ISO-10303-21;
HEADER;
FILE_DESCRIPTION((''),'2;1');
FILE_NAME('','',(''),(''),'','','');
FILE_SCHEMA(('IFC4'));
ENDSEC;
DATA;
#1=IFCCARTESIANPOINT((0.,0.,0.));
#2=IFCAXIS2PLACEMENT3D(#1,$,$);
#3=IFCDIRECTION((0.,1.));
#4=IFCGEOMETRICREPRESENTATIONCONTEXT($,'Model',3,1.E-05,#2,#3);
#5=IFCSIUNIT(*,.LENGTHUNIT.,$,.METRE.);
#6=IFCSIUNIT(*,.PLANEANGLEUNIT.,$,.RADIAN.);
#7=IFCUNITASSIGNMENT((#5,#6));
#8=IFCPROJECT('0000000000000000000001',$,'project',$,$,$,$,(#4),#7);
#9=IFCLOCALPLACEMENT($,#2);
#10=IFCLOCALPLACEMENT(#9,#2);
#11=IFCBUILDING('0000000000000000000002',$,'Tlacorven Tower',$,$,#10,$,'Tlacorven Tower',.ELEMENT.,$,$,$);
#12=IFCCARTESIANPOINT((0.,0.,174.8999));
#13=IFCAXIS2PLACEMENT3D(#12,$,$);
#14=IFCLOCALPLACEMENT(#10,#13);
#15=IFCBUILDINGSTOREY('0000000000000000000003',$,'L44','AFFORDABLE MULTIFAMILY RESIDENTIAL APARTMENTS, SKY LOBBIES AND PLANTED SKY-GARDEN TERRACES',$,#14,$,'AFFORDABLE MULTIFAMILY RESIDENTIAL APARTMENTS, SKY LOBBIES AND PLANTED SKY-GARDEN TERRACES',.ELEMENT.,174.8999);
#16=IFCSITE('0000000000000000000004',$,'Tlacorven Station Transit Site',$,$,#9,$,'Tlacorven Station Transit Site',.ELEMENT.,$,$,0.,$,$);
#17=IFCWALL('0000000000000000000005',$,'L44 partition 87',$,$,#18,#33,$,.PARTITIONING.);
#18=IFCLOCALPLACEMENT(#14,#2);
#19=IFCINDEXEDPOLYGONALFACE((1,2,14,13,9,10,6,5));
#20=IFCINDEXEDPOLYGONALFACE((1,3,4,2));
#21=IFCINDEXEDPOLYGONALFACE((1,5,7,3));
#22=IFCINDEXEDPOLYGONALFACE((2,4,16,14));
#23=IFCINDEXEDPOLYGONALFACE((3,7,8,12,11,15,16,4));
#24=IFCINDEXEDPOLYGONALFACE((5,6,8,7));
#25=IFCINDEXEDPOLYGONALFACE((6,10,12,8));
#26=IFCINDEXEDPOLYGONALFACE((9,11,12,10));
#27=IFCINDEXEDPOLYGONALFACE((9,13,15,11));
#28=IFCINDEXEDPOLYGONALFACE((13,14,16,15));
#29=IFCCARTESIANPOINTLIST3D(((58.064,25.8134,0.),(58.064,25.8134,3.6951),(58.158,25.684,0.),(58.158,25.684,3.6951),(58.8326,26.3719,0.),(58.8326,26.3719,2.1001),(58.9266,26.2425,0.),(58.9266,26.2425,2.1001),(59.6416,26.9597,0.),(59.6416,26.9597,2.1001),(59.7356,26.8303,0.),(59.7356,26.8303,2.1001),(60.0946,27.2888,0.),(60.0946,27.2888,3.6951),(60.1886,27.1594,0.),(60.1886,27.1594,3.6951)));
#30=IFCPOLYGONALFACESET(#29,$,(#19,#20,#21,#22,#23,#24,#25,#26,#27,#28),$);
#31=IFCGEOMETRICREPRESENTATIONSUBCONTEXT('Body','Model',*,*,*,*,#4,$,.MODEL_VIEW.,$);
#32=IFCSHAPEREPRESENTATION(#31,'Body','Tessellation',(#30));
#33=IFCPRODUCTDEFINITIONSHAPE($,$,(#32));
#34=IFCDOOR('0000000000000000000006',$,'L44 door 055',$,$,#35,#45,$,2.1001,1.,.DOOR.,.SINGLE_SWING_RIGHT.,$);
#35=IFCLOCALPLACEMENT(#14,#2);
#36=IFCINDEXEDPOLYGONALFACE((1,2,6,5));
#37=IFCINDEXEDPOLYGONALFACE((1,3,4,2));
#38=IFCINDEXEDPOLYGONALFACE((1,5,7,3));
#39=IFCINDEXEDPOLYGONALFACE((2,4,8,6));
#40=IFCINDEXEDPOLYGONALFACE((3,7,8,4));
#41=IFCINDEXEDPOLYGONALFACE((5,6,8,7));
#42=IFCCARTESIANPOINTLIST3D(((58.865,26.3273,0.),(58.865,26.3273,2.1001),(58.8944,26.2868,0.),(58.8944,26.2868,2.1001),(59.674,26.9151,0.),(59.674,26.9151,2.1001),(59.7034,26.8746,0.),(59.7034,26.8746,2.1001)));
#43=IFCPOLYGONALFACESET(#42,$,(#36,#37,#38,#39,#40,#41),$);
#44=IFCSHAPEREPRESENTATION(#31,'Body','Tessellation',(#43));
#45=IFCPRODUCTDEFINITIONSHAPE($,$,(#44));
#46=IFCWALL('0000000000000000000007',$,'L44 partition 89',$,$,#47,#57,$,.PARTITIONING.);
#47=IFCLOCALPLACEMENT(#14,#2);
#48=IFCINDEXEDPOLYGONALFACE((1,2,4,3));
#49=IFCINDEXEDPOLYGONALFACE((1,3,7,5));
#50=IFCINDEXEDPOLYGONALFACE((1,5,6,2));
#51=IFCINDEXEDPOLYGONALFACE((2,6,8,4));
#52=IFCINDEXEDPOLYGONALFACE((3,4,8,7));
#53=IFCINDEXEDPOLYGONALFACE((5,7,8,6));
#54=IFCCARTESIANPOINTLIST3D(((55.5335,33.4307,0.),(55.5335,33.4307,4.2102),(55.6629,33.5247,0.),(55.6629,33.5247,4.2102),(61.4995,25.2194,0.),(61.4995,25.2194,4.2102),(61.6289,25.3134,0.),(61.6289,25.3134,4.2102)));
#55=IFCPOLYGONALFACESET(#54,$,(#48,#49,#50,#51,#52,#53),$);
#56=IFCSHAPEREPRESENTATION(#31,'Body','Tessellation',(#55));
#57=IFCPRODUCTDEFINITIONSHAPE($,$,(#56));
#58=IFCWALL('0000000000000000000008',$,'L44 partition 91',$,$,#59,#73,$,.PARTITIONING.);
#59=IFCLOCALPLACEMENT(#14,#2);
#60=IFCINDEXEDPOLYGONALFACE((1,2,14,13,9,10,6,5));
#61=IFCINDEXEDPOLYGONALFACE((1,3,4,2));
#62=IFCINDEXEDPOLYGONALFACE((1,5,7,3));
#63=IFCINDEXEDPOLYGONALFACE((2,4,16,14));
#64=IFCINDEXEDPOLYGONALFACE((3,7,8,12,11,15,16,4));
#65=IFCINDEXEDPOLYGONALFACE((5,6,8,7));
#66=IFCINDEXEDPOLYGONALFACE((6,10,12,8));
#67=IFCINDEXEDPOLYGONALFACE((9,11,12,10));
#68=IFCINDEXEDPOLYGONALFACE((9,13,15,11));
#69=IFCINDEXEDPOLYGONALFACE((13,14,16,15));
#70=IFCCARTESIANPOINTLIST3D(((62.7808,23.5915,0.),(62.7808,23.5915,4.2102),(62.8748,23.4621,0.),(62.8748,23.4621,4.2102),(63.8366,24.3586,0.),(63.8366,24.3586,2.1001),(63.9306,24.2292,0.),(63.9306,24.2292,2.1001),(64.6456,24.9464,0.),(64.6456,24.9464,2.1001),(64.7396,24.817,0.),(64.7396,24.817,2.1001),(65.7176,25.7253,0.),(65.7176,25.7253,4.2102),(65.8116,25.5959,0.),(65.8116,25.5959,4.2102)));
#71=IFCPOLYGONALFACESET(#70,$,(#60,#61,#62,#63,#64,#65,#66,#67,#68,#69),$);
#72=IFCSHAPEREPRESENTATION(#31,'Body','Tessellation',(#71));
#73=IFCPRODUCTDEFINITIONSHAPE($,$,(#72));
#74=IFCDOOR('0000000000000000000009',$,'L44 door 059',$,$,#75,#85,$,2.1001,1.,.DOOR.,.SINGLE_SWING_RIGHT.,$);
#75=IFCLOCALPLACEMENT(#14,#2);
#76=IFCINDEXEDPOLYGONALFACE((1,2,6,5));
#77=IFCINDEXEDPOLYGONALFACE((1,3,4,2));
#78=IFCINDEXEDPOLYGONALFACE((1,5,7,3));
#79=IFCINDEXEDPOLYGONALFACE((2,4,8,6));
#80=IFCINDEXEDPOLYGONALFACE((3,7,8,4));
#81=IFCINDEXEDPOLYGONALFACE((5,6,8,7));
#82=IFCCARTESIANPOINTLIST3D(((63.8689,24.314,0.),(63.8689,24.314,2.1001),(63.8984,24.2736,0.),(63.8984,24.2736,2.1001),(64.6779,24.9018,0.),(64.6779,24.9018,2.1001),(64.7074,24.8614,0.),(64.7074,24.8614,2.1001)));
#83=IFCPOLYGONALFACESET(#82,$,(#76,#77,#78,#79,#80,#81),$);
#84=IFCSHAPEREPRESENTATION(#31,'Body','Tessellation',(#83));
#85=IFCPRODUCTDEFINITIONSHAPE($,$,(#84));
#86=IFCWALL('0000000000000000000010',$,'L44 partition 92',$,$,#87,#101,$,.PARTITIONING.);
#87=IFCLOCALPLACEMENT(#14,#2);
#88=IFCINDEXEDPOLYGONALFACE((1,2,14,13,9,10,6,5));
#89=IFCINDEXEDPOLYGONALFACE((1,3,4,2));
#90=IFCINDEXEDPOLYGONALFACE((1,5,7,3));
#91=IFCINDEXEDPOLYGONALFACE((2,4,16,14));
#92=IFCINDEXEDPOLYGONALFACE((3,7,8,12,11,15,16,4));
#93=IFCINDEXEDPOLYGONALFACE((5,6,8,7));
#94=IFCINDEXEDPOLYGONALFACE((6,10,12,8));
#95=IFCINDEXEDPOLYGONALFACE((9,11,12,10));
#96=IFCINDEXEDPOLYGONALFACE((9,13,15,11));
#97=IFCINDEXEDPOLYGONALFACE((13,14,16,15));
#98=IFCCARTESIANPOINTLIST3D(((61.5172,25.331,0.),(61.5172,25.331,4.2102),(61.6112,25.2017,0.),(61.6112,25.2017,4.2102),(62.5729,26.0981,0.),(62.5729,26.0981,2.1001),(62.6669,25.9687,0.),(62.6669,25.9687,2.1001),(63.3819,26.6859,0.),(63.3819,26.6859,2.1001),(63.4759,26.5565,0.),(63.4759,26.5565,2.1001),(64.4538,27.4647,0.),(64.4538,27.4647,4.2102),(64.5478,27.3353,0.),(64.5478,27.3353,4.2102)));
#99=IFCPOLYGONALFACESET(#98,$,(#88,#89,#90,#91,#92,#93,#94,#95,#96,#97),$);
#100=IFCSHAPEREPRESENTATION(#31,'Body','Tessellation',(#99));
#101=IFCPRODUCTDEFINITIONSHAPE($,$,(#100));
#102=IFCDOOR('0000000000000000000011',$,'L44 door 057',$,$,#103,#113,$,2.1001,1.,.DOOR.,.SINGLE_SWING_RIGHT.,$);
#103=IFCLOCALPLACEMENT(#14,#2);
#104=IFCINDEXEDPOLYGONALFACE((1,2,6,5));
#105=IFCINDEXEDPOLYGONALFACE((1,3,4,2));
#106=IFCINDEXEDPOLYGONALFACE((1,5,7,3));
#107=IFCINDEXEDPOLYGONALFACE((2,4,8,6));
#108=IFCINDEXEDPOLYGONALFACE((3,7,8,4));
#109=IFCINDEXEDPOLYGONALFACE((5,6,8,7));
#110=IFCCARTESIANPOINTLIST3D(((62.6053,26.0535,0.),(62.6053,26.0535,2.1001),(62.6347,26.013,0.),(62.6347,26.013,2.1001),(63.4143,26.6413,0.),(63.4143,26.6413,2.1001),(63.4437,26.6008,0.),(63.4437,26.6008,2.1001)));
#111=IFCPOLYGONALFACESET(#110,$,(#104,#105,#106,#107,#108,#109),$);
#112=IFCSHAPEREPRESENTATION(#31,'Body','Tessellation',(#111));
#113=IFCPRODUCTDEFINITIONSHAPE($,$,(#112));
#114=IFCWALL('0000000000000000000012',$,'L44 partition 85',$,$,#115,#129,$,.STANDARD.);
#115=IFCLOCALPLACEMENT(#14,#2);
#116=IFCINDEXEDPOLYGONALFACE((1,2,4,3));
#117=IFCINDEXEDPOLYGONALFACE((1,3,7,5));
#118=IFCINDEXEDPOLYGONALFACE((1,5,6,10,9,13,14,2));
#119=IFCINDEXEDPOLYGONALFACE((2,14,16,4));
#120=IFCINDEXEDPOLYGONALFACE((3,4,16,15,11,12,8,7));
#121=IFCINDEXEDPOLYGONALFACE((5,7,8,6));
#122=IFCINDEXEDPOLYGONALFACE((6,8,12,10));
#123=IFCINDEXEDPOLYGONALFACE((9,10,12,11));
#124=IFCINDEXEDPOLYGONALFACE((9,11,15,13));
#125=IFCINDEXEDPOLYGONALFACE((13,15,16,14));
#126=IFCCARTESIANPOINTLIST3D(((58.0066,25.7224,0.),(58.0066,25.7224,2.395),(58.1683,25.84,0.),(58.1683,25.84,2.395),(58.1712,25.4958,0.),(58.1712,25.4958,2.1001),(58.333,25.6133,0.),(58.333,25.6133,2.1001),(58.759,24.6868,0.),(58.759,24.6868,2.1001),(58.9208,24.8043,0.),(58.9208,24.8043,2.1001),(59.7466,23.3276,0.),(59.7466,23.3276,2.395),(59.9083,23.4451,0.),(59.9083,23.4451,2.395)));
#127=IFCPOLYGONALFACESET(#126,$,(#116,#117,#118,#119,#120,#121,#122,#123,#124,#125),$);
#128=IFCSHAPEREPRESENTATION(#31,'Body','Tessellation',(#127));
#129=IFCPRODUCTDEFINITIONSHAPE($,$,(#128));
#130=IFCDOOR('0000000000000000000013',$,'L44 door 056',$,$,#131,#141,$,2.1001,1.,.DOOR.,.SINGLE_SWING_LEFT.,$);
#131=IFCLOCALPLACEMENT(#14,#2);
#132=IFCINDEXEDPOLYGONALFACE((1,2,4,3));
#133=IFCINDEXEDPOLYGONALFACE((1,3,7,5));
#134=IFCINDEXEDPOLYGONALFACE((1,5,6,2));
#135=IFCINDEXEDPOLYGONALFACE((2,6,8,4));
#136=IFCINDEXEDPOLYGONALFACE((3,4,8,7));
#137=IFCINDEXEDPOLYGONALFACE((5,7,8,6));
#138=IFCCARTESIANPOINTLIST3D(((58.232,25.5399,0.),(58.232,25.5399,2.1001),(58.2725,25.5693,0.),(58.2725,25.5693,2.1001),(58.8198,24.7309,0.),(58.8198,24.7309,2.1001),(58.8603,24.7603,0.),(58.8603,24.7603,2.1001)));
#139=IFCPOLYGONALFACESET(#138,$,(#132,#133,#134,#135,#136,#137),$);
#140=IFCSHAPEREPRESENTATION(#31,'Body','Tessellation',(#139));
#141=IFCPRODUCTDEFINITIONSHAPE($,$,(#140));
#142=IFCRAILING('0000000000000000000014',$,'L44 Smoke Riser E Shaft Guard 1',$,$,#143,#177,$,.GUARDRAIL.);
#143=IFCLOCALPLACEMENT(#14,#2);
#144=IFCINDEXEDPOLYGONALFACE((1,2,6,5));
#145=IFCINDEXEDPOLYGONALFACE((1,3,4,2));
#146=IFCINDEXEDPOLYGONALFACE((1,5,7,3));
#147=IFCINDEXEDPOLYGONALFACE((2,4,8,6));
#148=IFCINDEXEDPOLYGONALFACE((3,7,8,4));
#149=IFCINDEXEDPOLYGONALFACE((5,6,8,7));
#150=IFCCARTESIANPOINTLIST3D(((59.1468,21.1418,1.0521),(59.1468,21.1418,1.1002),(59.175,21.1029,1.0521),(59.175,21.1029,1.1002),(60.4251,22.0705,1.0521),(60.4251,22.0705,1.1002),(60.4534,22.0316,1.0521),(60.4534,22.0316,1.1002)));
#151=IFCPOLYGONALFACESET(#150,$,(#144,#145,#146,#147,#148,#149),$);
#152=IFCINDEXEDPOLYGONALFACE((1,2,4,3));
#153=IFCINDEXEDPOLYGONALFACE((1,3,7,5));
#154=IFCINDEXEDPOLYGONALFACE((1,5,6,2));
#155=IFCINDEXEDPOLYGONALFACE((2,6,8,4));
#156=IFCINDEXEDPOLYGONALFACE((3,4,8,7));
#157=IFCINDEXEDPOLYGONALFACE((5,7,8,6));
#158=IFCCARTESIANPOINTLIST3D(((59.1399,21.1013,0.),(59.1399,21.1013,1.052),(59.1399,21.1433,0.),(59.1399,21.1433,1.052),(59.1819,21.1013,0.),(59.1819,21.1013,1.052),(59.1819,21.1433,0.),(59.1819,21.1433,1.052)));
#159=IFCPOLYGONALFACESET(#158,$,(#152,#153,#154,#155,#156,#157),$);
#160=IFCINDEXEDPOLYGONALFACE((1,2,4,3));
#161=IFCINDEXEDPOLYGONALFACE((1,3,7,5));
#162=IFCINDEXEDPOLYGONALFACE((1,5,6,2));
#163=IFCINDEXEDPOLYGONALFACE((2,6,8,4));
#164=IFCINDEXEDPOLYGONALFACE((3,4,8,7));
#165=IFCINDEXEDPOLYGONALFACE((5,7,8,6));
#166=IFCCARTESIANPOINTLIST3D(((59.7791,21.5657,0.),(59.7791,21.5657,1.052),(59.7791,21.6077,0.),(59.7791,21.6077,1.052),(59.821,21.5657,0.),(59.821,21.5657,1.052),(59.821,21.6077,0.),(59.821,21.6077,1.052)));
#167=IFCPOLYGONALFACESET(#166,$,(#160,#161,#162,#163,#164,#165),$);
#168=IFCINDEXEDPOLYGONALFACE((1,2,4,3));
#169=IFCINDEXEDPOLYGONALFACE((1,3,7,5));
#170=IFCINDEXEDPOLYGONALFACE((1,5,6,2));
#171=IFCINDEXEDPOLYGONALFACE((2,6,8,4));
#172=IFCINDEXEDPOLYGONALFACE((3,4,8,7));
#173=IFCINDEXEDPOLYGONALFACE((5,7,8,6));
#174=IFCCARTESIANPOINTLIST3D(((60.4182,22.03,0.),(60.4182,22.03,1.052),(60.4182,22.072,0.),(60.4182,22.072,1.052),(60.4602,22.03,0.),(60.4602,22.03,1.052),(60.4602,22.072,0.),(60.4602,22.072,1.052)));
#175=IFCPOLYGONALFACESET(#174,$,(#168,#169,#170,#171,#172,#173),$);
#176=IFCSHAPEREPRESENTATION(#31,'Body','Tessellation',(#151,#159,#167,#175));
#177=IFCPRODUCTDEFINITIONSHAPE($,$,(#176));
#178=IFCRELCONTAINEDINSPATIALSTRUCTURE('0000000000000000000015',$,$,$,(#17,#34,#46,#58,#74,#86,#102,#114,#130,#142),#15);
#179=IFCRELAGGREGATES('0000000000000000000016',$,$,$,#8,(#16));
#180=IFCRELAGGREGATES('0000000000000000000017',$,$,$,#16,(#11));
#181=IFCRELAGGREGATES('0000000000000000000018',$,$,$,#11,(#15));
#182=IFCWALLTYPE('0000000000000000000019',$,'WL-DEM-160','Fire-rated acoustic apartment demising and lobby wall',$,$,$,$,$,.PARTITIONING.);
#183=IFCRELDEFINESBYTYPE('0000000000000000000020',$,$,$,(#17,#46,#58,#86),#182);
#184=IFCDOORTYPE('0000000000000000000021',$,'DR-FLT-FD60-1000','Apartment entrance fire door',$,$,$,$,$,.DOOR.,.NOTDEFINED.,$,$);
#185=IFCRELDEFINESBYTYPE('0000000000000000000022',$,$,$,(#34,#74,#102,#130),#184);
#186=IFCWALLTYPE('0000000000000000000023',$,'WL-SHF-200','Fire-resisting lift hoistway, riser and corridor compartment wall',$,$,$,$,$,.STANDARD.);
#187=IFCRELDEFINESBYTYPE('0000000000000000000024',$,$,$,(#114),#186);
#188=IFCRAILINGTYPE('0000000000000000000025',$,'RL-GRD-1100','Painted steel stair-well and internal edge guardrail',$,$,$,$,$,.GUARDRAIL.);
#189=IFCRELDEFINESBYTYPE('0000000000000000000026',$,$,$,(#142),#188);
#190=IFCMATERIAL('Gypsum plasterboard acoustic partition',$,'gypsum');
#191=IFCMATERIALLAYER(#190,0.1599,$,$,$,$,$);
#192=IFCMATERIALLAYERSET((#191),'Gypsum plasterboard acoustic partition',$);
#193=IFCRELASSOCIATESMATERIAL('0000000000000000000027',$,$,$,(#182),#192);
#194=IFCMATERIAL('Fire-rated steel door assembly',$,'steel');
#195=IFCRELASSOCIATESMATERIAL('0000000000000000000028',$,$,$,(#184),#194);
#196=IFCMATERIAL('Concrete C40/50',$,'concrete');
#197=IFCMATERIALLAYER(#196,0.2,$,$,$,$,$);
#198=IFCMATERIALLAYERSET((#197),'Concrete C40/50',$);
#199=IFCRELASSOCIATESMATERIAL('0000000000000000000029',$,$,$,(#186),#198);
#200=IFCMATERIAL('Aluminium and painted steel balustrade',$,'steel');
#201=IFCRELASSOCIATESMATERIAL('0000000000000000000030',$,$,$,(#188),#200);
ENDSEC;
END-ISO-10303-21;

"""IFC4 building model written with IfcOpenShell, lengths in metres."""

from ifc_helpers import new_model, si_unit, direction, frame, frame_2d, origin, origin_2d, place, context, subcontext, project, spatial, rectangle, extrude, source, transform, mapped, material, layer, layer_set, type_object, element, fill, save


model = new_model("IFC4")

# Units and contexts
model_context = context("Model", 3, precision=1e-05, world=origin(), true_north=direction((0.0, 1.0)))
body_context = subcontext(model_context, "Body", "Model", "MODEL_VIEW")
ifc_project = project(units=[si_unit("LENGTHUNIT", "METRE"), si_unit("PLANEANGLEUNIT", "RADIAN")], contexts=[model_context])

# Site, building, storey
site_placement = place(None, origin())
site = spatial("IfcSite", under=ifc_project, at=site_placement, Name="Tlacorven Station Transit Site", LongName="Tlacorven Station Transit Site", CompositionType="ELEMENT", RefElevation=0.0)
building_placement = place(site_placement, origin())
building = spatial("IfcBuilding", under=site, at=building_placement, Name="Tlacorven Tower", LongName="Tlacorven Tower", CompositionType="ELEMENT")
storey_placement = place(building_placement, frame((0.0, 0.0, 174.8999)))
storey = spatial("IfcBuildingStorey", under=building, at=storey_placement, Name="L44", Description="AFFORDABLE MULTIFAMILY RESIDENTIAL APARTMENTS, SKY LOBBIES AND PLANTED SKY-GARDEN TERRACES", LongName="AFFORDABLE MULTIFAMILY RESIDENTIAL APARTMENTS, SKY LOBBIES AND PLANTED SKY-GARDEN TERRACES", CompositionType="ELEMENT", Elevation=174.8999)

# Wall, opening, door
ifc_material_1 = material(Name="Gypsum plasterboard acoustic partition", Category="gypsum")
ifc_layer_1 = layer(ifc_material_1, 0.1599)
ifc_layer_set_1 = layer_set([ifc_layer_1], Name="Gypsum plasterboard acoustic partition")
wall_type_1 = type_object("IfcWallType", Name="WL-DEM-160", Description="Fire-rated acoustic apartment demising and lobby wall", PredefinedType="PARTITIONING", material=ifc_layer_set_1)
wall_1_placement = place(storey_placement, frame((58.1111, 25.7488, 0.0), z_axis=(0.0, 0.0, 1.0), x_axis=(0.809001, 0.587807, 0.0)))
wall_1 = element("IfcWall", 1, at=wall_1_placement, inside=storey, type_object=wall_type_1, Name="L44 partition 87", PredefinedType="PARTITIONING", context=body_context, shape_type="SweptSolid", body=[
    extrude(rectangle(XDim=2.51, YDim=0.1599, at=frame_2d((1.2549, 0.0))), origin(), (0.0, 0.0, 1.0), 3.6951),
])
opening_1_placement = place(wall_1_placement, frame((0.95, 0.0, 0.0)))
opening_1 = element("IfcOpeningElement", 2, at=opening_1_placement, cuts=wall_1, PredefinedType="OPENING", context=body_context, shape_type="SweptSolid", body=[
    extrude(rectangle(XDim=1.0, YDim=2.1001, at=frame_2d((0.5, 1.05))), frame((0.0, 0.0898, 0.0), z_axis=(0.0, -1.0, 0.0), x_axis=(1.0, 0.0, 0.0)), (0.0, 0.0, 1.0), 0.1799),
])
ifc_material_2 = material(Name="Fire-rated steel door assembly", Category="steel")
door_type = type_object("IfcDoorType", Name="DR-FLT-FD60-1000", Description="Apartment entrance fire door", OperationType="NOTDEFINED", PredefinedType="DOOR", material=ifc_material_2)
shared_shape_1 = source(origin(), body_context, "Body", "SweptSolid", [
    extrude(rectangle(XDim=1.0, YDim=2.1001, at=frame_2d((0.5, 1.05))), frame((0.0, 0.0249, 0.0), z_axis=(0.0, -1.0, 0.0), x_axis=(1.0, 0.0, 0.0)), (0.0, 0.0, 1.0), 0.05),
])
door_1_placement = place(opening_1_placement, origin())
door_1 = element("IfcDoor", 3, at=door_1_placement, inside=storey, type_object=door_type, Name="L44 door 055", OperationType="SINGLE_SWING_RIGHT", OverallHeight=2.1001, OverallWidth=1.0, PredefinedType="DOOR", context=body_context, shape_type="MappedRepresentation", body=[
    mapped(shared_shape_1, transform((0.0, 0.0, 0.0), scale=1.0)),
])
fill(opening_1, door_1)

# Wall
wall_2_placement = place(storey_placement, frame((61.5642, 25.2664, 0.0), z_axis=(0.0, 0.0, 1.0), x_axis=(-0.587793, 0.809012, 0.0)))
element("IfcWall", 4, at=wall_2_placement, inside=storey, type_object=wall_type_1, Name="L44 partition 89", PredefinedType="PARTITIONING", context=body_context, shape_type="SweptSolid", body=[
    extrude(rectangle(XDim=10.1499, YDim=0.1599, at=frame_2d((5.075, 0.0))), origin(), (0.0, 0.0, 1.0), 4.2102),
])

# Walls, openings, doors
wall_3_placement = place(storey_placement, frame((62.8279, 23.5269, 0.0), z_axis=(0.0, 0.0, 1.0), x_axis=(0.809004, 0.587804, 0.0)))
wall_3 = element("IfcWall", 5, at=wall_3_placement, inside=storey, type_object=wall_type_1, Name="L44 partition 91", PredefinedType="PARTITIONING", context=body_context, shape_type="SweptSolid", body=[
    extrude(rectangle(XDim=3.6301, YDim=0.1599, at=frame_2d((1.8149, 0.0))), origin(), (0.0, 0.0, 1.0), 4.2102),
])
opening_2_placement = place(wall_3_placement, frame((1.3049, 0.0, 0.0)))
opening_2 = element("IfcOpeningElement", 6, at=opening_2_placement, cuts=wall_3, PredefinedType="OPENING", context=body_context, shape_type="SweptSolid", body=[
    extrude(rectangle(XDim=1.0, YDim=2.1001, at=frame_2d((0.5, 1.05))), frame((0.0, 0.0898, 0.0), z_axis=(0.0, -1.0, 0.0), x_axis=(1.0, 0.0, 0.0)), (0.0, 0.0, 1.0), 0.1799),
])
door_2_placement = place(opening_2_placement, origin())
door_2 = element("IfcDoor", 7, at=door_2_placement, inside=storey, type_object=door_type, Name="L44 door 059", OperationType="SINGLE_SWING_RIGHT", OverallHeight=2.1001, OverallWidth=1.0, PredefinedType="DOOR", context=body_context, shape_type="MappedRepresentation", body=[
    mapped(shared_shape_1, transform((0.0, 0.0, 0.0), scale=1.0)),
])
fill(opening_2, door_2)
wall_4_placement = place(storey_placement, frame((61.5642, 25.2664, 0.0), z_axis=(0.0, 0.0, 1.0), x_axis=(0.809012, 0.587792, 0.0)))
wall_4 = element("IfcWall", 8, at=wall_4_placement, inside=storey, type_object=wall_type_1, Name="L44 partition 92", PredefinedType="PARTITIONING", context=body_context, shape_type="SweptSolid", body=[
    extrude(rectangle(XDim=3.6299, YDim=0.1599, at=frame_2d((1.8149, 0.0))), origin(), (0.0, 0.0, 1.0), 4.2102),
])
opening_3_placement = place(wall_4_placement, frame((1.3049, 0.0, 0.0)))
opening_3 = element("IfcOpeningElement", 9, at=opening_3_placement, cuts=wall_4, PredefinedType="OPENING", context=body_context, shape_type="SweptSolid", body=[
    extrude(rectangle(XDim=1.0, YDim=2.1001, at=frame_2d((0.5, 1.05))), frame((0.0, 0.0898, 0.0), z_axis=(0.0, -1.0, 0.0), x_axis=(1.0, 0.0, 0.0)), (0.0, 0.0, 1.0), 0.1799),
])
door_3_placement = place(opening_3_placement, origin())
door_3 = element("IfcDoor", 10, at=door_3_placement, inside=storey, type_object=door_type, Name="L44 door 057", OperationType="SINGLE_SWING_RIGHT", OverallHeight=2.1001, OverallWidth=1.0, PredefinedType="DOOR", context=body_context, shape_type="MappedRepresentation", body=[
    mapped(shared_shape_1, transform((0.0, 0.0, 0.0), scale=1.0)),
])
fill(opening_3, door_3)
ifc_material_3 = material(Name="Concrete C40/50", Category="concrete")
ifc_layer_2 = layer(ifc_material_3, 0.2)
ifc_layer_set_2 = layer_set([ifc_layer_2], Name="Concrete C40/50")
wall_type_2 = type_object("IfcWallType", Name="WL-SHF-200", Description="Fire-resisting lift hoistway, riser and corridor compartment wall", PredefinedType="STANDARD", material=ifc_layer_set_2)
wall_5_placement = place(storey_placement, frame((59.8274, 23.3865, 0.0), z_axis=(0.0, 0.0, 1.0), x_axis=(-0.587804, 0.809003, 0.0)))
wall_5 = element("IfcWall", 11, at=wall_5_placement, inside=storey, type_object=wall_type_2, Name="L44 partition 85", PredefinedType="STANDARD", context=body_context, shape_type="SweptSolid", body=[
    extrude(rectangle(XDim=2.9602, YDim=0.2, at=frame_2d((1.48, 0.0))), origin(), (0.0, 0.0, 1.0), 2.395),
])
opening_4_placement = place(wall_5_placement, frame((1.6799, 0.0, 0.0)))
opening_4 = element("IfcOpeningElement", 12, at=opening_4_placement, cuts=wall_5, PredefinedType="OPENING", context=body_context, shape_type="SweptSolid", body=[
    extrude(rectangle(XDim=1.0, YDim=2.1001, at=frame_2d((0.5, 1.05))), frame((0.0, 0.1099, 0.0), z_axis=(0.0, -1.0, 0.0), x_axis=(1.0, 0.0, 0.0)), (0.0, 0.0, 1.0), 0.22),
])
door_4_placement = place(opening_4_placement, origin())
door_4 = element("IfcDoor", 13, at=door_4_placement, inside=storey, type_object=door_type, Name="L44 door 056", OperationType="SINGLE_SWING_LEFT", OverallHeight=2.1001, OverallWidth=1.0, PredefinedType="DOOR", context=body_context, shape_type="MappedRepresentation", body=[
    mapped(shared_shape_1, transform((0.0, 0.0, 0.0), scale=1.0)),
])
fill(opening_4, door_4)

# Railing
ifc_material_4 = material(Name="Aluminium and painted steel balustrade", Category="steel")
railing_type = type_object("IfcRailingType", Name="RL-GRD-1100", Description="Painted steel stair-well and internal edge guardrail", PredefinedType="GUARDRAIL", material=ifc_material_4)
shared_shape_2 = source(origin(), body_context, "Body", "SweptSolid", [
    extrude(rectangle(XDim=0.0481, YDim=0.0481, at=origin_2d()), frame((0.0, 0.0, 1.0762), z_axis=(0.80903, 0.587767, 0.0), x_axis=(-0.587767, 0.80903, 0.0)), (0.0, 0.0, 1.0), 1.5801),
    extrude(rectangle(XDim=0.042, YDim=0.042, at=origin_2d()), origin(), (0.0, 0.0, 1.0), 1.052),
    extrude(rectangle(XDim=0.042, YDim=0.042, at=origin_2d()), frame((0.6392, 0.4644, 0.0)), (0.0, 0.0, 1.0), 1.052),
    extrude(rectangle(XDim=0.042, YDim=0.042, at=origin_2d()), frame((1.2783, 0.9287, 0.0)), (0.0, 0.0, 1.0), 1.052),
])
railing_placement = place(storey_placement, frame((59.1609, 21.1223, 0.0)))
element("IfcRailing", 14, at=railing_placement, inside=storey, type_object=railing_type, Name="L44 Smoke Riser E Shaft Guard 1", PredefinedType="GUARDRAIL", context=body_context, shape_type="MappedRepresentation", body=[
    mapped(shared_shape_2, transform((0.0, 0.0, 0.0), scale=1.0)),
])

save(model, "model.ifc")
